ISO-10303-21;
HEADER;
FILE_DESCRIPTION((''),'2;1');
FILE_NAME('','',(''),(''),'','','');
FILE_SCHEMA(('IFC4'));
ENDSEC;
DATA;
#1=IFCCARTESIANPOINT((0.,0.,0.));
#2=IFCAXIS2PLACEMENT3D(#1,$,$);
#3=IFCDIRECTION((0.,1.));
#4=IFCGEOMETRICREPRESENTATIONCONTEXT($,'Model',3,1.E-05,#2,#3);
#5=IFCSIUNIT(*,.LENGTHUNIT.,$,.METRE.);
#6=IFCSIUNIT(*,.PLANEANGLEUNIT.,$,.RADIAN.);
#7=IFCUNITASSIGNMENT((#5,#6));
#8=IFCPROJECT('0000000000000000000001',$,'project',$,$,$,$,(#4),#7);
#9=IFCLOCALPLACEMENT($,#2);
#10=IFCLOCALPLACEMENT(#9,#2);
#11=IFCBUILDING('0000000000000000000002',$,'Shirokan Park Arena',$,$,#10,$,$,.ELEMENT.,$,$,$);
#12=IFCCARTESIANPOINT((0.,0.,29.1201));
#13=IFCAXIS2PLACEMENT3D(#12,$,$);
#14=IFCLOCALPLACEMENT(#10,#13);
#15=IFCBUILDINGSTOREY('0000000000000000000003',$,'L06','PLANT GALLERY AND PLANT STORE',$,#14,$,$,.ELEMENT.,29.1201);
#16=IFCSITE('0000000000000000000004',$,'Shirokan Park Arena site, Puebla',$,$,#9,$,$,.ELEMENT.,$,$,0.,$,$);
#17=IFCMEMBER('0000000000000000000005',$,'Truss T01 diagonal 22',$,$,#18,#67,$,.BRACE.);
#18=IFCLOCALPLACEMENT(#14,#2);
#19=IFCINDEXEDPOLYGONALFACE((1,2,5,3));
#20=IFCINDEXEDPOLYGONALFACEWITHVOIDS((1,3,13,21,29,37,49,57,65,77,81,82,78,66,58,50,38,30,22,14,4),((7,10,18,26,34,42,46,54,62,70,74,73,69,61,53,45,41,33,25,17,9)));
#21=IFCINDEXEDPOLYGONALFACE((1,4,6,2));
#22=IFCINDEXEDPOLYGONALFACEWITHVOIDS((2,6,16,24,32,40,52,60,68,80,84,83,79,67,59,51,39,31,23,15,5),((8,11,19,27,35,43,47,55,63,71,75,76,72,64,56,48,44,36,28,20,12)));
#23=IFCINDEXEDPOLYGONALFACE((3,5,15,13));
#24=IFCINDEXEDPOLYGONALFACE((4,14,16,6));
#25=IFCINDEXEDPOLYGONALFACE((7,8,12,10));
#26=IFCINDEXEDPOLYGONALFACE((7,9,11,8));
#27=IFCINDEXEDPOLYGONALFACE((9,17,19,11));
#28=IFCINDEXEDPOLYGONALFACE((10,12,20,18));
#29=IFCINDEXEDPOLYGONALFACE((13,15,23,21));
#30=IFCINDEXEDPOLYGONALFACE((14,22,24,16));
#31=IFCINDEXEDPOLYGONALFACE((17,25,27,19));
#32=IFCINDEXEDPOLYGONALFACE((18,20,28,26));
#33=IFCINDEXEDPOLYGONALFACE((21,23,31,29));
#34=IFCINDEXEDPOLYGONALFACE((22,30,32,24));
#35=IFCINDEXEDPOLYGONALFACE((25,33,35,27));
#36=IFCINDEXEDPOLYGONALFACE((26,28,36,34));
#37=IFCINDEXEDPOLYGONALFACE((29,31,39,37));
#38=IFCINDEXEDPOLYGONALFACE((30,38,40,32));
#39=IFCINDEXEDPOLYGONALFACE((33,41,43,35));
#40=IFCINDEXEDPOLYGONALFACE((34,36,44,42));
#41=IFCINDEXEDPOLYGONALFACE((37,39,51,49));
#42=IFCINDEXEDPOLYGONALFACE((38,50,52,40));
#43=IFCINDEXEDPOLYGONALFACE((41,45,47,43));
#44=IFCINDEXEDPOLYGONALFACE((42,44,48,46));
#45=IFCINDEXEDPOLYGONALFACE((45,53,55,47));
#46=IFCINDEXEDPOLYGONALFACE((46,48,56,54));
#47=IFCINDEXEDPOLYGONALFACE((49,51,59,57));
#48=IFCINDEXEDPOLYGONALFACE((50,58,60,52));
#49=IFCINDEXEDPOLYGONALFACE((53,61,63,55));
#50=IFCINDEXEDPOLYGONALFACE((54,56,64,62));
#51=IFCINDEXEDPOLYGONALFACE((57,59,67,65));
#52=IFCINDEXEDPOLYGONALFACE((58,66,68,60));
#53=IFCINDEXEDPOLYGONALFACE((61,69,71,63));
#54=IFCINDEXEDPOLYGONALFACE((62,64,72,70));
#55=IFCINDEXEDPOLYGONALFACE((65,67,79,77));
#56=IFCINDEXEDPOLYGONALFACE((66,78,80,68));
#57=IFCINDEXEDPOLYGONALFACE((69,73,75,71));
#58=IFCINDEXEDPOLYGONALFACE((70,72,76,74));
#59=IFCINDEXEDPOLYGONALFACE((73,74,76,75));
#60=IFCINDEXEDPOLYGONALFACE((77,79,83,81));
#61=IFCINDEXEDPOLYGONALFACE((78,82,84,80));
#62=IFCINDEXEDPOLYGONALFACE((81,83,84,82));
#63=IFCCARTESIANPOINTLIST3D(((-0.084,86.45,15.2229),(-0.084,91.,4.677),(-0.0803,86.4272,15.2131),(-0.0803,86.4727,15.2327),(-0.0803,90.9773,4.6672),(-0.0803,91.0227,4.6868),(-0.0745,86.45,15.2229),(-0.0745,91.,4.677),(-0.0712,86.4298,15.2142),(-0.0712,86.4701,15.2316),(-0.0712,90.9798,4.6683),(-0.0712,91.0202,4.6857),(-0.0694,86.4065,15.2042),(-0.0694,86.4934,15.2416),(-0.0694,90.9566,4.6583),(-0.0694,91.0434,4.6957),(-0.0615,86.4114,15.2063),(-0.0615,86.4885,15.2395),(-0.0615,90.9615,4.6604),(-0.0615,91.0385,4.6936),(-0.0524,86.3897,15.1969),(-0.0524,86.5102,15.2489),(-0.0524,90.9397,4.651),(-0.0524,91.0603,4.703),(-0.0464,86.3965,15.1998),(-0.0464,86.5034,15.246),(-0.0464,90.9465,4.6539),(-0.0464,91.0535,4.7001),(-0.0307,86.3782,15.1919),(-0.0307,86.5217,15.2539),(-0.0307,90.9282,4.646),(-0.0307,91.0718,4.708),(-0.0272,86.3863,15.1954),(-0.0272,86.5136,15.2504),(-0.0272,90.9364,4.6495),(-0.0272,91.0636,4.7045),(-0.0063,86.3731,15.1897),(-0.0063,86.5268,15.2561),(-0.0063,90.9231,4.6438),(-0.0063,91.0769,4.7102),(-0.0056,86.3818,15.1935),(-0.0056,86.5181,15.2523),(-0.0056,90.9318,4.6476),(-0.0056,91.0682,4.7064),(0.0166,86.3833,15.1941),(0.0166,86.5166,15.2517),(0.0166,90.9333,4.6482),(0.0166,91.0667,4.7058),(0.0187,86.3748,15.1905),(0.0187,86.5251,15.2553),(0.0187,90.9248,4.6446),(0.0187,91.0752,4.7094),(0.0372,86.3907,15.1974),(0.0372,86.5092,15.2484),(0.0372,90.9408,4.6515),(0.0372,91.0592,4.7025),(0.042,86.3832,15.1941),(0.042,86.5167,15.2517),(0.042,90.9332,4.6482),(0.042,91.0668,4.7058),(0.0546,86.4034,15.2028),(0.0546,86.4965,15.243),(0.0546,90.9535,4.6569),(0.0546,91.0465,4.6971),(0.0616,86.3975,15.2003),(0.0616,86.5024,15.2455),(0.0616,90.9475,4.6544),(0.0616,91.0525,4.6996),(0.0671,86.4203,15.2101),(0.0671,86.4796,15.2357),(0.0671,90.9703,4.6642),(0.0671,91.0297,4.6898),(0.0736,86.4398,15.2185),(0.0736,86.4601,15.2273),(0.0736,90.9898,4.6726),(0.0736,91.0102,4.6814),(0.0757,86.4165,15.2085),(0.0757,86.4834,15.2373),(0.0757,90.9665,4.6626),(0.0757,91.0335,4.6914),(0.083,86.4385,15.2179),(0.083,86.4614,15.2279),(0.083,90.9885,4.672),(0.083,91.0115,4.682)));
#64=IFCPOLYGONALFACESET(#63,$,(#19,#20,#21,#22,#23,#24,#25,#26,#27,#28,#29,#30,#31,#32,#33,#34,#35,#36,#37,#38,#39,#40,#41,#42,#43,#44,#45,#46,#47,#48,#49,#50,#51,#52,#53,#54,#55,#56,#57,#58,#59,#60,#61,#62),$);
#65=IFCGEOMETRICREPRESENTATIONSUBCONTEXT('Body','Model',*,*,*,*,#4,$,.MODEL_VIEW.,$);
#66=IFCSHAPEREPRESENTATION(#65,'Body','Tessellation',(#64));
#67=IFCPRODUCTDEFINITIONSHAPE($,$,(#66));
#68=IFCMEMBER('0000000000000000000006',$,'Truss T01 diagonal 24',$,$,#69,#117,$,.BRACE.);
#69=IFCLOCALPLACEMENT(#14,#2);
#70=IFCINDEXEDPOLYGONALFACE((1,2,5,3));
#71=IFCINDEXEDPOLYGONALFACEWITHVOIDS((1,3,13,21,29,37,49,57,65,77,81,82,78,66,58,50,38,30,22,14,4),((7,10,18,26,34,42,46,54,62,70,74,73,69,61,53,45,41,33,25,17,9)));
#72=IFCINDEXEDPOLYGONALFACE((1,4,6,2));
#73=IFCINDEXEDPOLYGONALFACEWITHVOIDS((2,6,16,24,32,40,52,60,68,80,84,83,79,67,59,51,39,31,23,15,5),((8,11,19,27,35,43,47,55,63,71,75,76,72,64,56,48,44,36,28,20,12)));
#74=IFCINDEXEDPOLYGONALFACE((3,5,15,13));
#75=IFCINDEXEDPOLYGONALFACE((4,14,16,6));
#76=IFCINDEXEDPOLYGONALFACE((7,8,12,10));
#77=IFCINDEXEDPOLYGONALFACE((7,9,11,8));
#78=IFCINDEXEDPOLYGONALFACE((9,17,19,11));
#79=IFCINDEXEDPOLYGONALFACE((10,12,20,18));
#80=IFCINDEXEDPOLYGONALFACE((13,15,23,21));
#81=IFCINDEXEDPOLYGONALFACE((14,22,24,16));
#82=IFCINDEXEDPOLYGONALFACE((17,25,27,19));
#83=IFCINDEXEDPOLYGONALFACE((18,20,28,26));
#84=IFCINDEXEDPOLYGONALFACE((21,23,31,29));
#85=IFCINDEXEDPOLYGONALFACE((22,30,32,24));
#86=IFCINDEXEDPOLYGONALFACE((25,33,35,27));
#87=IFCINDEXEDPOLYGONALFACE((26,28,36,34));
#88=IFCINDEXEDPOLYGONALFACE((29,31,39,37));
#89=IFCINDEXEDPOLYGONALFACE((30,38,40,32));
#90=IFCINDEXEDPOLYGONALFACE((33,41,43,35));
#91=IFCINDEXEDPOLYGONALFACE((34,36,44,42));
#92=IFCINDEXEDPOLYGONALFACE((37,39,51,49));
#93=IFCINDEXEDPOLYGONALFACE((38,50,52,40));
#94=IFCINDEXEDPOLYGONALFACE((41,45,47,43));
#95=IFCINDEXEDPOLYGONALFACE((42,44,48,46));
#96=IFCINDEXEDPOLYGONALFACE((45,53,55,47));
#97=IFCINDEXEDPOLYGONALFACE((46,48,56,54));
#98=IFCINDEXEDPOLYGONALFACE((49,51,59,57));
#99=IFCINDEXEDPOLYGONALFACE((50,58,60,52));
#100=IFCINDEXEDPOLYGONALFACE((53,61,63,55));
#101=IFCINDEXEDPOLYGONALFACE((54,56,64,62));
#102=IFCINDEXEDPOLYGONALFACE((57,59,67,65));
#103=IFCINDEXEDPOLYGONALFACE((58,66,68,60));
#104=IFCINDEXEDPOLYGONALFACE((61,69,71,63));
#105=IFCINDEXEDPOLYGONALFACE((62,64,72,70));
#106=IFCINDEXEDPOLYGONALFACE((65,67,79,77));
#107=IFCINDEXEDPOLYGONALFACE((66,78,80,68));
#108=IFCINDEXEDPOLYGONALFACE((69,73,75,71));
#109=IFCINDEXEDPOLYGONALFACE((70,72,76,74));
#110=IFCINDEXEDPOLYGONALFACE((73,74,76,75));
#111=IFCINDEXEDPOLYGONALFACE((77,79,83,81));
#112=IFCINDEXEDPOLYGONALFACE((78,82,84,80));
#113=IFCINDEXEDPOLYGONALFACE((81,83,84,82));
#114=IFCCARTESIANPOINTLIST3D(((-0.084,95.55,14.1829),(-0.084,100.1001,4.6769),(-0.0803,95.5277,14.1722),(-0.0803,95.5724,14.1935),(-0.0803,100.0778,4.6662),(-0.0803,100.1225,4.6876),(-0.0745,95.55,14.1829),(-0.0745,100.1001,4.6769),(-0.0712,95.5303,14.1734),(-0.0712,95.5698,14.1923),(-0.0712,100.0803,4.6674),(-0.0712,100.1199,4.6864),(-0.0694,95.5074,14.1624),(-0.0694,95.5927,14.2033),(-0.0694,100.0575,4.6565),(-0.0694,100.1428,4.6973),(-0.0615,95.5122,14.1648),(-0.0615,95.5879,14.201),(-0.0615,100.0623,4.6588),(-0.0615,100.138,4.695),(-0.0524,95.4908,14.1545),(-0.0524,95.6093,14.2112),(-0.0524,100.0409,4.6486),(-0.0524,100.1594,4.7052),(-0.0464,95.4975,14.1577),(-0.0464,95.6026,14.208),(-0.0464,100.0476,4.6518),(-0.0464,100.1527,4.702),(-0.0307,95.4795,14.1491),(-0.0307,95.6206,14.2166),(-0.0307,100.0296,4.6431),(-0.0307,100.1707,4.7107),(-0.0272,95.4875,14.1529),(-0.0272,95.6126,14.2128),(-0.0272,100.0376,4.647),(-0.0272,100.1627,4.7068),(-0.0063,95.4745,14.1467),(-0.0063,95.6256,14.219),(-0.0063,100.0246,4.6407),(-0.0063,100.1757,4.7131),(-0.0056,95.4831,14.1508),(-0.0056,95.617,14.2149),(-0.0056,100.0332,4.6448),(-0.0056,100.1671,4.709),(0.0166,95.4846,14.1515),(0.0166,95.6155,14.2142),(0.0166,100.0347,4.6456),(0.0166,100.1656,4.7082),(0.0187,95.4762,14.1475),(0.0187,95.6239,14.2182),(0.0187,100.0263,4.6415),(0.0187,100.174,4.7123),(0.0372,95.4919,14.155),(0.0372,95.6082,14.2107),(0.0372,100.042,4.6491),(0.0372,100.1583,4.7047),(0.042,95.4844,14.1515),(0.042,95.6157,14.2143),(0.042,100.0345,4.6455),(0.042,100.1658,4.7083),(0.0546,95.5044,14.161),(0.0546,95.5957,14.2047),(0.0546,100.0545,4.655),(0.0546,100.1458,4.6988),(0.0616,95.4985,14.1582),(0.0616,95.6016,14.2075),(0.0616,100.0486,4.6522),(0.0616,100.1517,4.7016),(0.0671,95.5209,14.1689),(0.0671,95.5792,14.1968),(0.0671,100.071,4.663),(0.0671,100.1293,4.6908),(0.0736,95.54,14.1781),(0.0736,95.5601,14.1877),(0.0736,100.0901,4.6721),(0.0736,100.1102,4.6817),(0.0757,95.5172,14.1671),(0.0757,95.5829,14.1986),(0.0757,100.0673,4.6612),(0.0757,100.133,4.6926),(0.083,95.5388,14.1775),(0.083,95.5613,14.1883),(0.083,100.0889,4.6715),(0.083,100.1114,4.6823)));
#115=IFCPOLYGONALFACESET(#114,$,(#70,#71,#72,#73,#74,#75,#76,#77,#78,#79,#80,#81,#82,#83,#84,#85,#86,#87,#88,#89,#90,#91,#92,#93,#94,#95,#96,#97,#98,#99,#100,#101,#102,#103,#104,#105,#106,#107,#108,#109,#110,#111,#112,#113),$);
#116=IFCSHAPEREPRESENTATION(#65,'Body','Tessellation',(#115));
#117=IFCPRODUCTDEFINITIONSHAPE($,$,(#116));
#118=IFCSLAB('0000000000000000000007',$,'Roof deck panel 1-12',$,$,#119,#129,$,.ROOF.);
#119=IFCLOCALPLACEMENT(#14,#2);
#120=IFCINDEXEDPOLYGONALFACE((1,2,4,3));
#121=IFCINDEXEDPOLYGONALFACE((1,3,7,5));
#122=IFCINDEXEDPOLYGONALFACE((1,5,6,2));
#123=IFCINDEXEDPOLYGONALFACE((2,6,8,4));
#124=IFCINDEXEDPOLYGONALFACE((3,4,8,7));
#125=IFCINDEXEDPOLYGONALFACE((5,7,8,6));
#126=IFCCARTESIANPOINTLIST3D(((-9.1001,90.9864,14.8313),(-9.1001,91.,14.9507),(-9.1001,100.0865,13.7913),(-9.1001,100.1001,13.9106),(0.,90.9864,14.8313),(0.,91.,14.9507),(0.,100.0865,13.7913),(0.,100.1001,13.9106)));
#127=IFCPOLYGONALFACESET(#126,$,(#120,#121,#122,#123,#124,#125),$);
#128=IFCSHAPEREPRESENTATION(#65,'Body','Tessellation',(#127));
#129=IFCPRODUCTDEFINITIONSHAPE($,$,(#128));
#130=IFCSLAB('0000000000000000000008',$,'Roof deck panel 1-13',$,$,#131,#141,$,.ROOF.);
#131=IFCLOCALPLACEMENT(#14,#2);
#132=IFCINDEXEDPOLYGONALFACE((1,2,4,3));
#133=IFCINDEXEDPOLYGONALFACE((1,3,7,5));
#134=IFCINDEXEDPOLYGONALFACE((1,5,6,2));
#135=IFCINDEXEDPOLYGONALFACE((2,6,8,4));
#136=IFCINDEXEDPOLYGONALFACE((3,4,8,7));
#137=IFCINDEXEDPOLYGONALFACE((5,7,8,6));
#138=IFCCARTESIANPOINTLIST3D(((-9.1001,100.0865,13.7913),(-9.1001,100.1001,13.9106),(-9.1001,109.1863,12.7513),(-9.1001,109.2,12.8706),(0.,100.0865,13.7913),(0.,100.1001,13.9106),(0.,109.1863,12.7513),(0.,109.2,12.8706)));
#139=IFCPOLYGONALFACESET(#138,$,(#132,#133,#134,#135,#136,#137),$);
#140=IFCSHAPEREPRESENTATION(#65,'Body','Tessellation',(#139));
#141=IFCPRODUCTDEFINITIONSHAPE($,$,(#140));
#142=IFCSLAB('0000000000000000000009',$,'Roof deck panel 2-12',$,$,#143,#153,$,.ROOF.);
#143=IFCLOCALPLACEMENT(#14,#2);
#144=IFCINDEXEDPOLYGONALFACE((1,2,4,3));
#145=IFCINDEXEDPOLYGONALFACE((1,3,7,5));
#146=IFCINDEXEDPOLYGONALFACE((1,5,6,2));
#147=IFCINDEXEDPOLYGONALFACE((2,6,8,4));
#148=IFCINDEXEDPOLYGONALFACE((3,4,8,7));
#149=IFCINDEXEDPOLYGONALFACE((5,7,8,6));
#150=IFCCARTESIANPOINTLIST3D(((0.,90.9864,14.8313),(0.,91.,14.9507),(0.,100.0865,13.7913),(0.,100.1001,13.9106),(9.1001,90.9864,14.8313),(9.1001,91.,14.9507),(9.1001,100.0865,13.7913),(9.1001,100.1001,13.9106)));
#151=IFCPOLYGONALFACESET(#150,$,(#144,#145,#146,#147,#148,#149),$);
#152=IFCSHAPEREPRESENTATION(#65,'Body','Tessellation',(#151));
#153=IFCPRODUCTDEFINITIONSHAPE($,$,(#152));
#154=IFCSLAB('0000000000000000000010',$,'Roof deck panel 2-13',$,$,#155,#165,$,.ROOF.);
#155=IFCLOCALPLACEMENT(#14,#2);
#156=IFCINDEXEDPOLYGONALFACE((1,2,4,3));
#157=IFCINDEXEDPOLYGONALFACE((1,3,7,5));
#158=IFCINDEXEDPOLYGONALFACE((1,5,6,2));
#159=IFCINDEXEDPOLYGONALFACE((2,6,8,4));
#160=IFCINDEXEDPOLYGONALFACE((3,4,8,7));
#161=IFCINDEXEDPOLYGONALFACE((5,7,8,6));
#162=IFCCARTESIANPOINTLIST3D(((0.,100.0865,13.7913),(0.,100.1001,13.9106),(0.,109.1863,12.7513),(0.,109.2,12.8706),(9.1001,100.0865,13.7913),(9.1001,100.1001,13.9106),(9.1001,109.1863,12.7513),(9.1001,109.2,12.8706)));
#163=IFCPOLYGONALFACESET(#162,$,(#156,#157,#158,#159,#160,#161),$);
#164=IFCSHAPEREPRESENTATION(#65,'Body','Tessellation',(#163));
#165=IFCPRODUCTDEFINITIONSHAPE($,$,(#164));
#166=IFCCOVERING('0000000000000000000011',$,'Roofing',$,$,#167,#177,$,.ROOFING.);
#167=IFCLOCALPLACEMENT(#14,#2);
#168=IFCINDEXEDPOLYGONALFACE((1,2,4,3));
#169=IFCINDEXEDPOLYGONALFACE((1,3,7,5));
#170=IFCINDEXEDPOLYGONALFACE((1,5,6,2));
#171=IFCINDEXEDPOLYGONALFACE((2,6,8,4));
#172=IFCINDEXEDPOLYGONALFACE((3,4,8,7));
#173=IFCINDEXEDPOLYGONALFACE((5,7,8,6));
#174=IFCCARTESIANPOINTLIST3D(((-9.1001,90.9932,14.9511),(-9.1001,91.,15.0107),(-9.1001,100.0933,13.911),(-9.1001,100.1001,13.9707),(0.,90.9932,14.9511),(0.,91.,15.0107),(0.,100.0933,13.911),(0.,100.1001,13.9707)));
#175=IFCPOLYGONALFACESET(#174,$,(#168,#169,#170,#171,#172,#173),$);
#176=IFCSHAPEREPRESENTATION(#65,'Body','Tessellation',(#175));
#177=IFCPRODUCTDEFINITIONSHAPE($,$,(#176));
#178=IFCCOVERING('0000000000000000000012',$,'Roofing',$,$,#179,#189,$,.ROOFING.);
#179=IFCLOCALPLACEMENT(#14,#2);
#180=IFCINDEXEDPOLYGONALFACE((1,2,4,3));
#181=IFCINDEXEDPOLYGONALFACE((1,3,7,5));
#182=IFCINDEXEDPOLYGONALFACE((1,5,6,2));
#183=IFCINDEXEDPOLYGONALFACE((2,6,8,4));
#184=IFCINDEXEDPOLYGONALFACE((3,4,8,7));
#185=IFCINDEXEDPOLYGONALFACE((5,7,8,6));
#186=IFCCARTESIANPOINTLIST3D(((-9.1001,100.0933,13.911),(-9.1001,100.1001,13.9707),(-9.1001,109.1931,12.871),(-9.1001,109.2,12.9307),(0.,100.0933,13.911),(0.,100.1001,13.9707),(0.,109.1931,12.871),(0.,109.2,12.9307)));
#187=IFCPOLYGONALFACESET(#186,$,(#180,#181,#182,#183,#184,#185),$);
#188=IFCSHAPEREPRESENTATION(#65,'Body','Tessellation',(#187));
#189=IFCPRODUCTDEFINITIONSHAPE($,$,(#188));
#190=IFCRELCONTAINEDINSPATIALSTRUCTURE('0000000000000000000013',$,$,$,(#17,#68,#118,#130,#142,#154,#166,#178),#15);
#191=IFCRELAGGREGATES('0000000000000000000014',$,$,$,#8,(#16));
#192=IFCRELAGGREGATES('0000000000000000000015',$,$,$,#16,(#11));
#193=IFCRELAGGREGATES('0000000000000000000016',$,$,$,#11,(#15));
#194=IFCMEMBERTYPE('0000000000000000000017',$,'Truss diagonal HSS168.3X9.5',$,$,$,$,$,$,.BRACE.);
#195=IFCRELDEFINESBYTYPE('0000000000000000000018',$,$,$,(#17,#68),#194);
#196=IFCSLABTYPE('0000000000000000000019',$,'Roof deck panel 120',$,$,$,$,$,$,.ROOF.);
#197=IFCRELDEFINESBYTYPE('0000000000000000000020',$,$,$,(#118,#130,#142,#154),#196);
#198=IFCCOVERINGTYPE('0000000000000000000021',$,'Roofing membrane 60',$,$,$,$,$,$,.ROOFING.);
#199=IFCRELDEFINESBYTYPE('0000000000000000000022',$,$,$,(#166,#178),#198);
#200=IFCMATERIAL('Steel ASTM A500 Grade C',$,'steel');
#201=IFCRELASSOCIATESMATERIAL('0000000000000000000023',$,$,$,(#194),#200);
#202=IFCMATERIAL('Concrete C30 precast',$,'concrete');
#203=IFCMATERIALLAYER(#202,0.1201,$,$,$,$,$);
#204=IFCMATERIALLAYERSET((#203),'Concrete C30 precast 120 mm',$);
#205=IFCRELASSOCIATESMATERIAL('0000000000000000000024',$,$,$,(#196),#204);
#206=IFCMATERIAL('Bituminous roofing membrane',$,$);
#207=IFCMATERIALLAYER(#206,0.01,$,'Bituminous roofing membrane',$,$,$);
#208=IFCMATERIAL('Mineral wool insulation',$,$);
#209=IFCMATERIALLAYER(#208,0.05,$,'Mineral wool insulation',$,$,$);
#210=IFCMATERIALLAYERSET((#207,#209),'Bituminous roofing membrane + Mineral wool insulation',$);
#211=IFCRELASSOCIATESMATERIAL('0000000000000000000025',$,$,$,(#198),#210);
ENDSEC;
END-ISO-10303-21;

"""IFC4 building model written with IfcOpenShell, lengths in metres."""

from ifc_helpers import new_model, si_unit, direction, frame, origin, origin_2d, place, context, subcontext, project, spatial, polyline, hollow_circle, outline, extrude, material, layer, layer_set, material_profile, profile_set, type_object, element, save


model = new_model("IFC4")

# Units and contexts
model_context = context("Model", 3, precision=1e-05, world=origin(), true_north=direction((0.0, 1.0)))
body_context = subcontext(model_context, "Body", "Model", "MODEL_VIEW")
ifc_project = project(units=[si_unit("LENGTHUNIT", "METRE"), si_unit("PLANEANGLEUNIT", "RADIAN")], contexts=[model_context])

# Site, building, storey
site_placement = place(None, origin())
site = spatial("IfcSite", under=ifc_project, at=site_placement, Name="Shirokan Park Arena site, Puebla", CompositionType="ELEMENT", RefElevation=0.0)
building_placement = place(site_placement, origin())
building = spatial("IfcBuilding", under=site, at=building_placement, Name="Shirokan Park Arena", CompositionType="ELEMENT")
storey_placement = place(building_placement, frame((0.0, 0.0, 29.1201)))
storey = spatial("IfcBuildingStorey", under=building, at=storey_placement, Name="L06", Description="PLANT GALLERY AND PLANT STORE", CompositionType="ELEMENT", Elevation=29.1201)

# Members
ifc_material_1 = material(Name="Steel ASTM A500 Grade C", Category="steel")
ifc_material_profile_1 = material_profile(ifc_material_1, hollow_circle(Radius=0.084, WallThickness=0.0095, at=origin_2d()), Name="HSS168.3X9.5")
ifc_profile_set_1 = profile_set([ifc_material_profile_1], Name="Steel ASTM A500 Grade C")
member_type_1 = type_object("IfcMemberType", Name="Truss diagonal HSS168.3X9.5", PredefinedType="BRACE", material=ifc_profile_set_1)
member_1_placement = place(storey_placement, frame((0.0, 86.45, 15.2229), z_axis=(0.0, 0.396153, -0.918185), x_axis=(-1.0, 0.0, 0.0)))
element("IfcMember", 1, at=member_1_placement, inside=storey, type_object=member_type_1, Name="Truss T01 diagonal 22", PredefinedType="BRACE", context=body_context, shape_type="SweptSolid", body=[
    extrude(hollow_circle(Radius=0.084, WallThickness=0.0095, at=origin_2d()), origin(), (0.0, 0.0, 1.0), 11.4856),
])
member_2_placement = place(storey_placement, frame((0.0, 95.55, 14.1829), z_axis=(0.0, 0.431746, -0.901995), x_axis=(-1.0, 0.0, 0.0)))
element("IfcMember", 2, at=member_2_placement, inside=storey, type_object=member_type_1, Name="Truss T01 diagonal 24", PredefinedType="BRACE", context=body_context, shape_type="SweptSolid", body=[
    extrude(hollow_circle(Radius=0.084, WallThickness=0.0095, at=origin_2d()), origin(), (0.0, 0.0, 1.0), 10.5388),
])

# Slabs
ifc_material_2 = material(Name="Concrete C30 precast", Category="concrete")
ifc_layer_1 = layer(ifc_material_2, 0.1201)
ifc_layer_set_1 = layer_set([ifc_layer_1], Name="Concrete C30 precast 120 mm")
slab_type = type_object("IfcSlabType", Name="Roof deck panel 120", PredefinedType="ROOF", material=ifc_layer_set_1)
slab_1_placement = place(storey_placement, frame((-9.1001, 91.0, 14.9507), z_axis=(0.0, 0.11355, 0.993532), x_axis=(1.0, 0.0, 0.0)))
element("IfcSlab", 3, at=slab_1_placement, inside=storey, type_object=slab_type, Name="Roof deck panel 1-12", PredefinedType="ROOF", context=body_context, shape_type="SweptSolid", body=[
    extrude(outline(polyline([(0.0, 0.0), (9.1001, 0.0), (9.1001, 9.1593), (0.0, 9.1593), (0.0, 0.0)])), origin(), (0.0, 0.0, -1.0), 0.1201),
])
slab_2_placement = place(storey_placement, frame((-9.1001, 100.1001, 13.9106), z_axis=(0.0, 0.113553, 0.993532), x_axis=(1.0, 0.0, 0.0)))
element("IfcSlab", 4, at=slab_2_placement, inside=storey, type_object=slab_type, Name="Roof deck panel 1-13", PredefinedType="ROOF", context=body_context, shape_type="SweptSolid", body=[
    extrude(outline(polyline([(0.0, 0.0), (9.1001, 0.0), (9.1001, 9.1591), (0.0, 9.1591), (0.0, 0.0)])), origin(), (0.0, 0.0, -1.0), 0.1201),
])
slab_3_placement = place(storey_placement, frame((0.0, 91.0, 14.9507), z_axis=(0.0, 0.11355, 0.993532), x_axis=(1.0, 0.0, 0.0)))
element("IfcSlab", 5, at=slab_3_placement, inside=storey, type_object=slab_type, Name="Roof deck panel 2-12", PredefinedType="ROOF", context=body_context, shape_type="SweptSolid", body=[
    extrude(outline(polyline([(0.0, 0.0), (9.1001, 0.0), (9.1001, 9.1593), (0.0, 9.1593), (0.0, 0.0)])), origin(), (0.0, 0.0, -1.0), 0.1201),
])
slab_4_placement = place(storey_placement, frame((0.0, 100.1001, 13.9106), z_axis=(0.0, 0.113553, 0.993532), x_axis=(1.0, 0.0, 0.0)))
element("IfcSlab", 6, at=slab_4_placement, inside=storey, type_object=slab_type, Name="Roof deck panel 2-13", PredefinedType="ROOF", context=body_context, shape_type="SweptSolid", body=[
    extrude(outline(polyline([(0.0, 0.0), (9.1001, 0.0), (9.1001, 9.1591), (0.0, 9.1591), (0.0, 0.0)])), origin(), (0.0, 0.0, -1.0), 0.1201),
])

# Coverings
ifc_material_3 = material(Name="Bituminous roofing membrane")
ifc_layer_2 = layer(ifc_material_3, 0.01, Name="Bituminous roofing membrane")
ifc_material_4 = material(Name="Mineral wool insulation")
ifc_layer_3 = layer(ifc_material_4, 0.05, Name="Mineral wool insulation")
ifc_layer_set_2 = layer_set([ifc_layer_2, ifc_layer_3], Name="Bituminous roofing membrane + Mineral wool insulation")
covering_type = type_object("IfcCoveringType", Name="Roofing membrane 60", PredefinedType="ROOFING", material=ifc_layer_set_2)
covering_1_placement = place(storey_placement, frame((-9.1001, 91.0, 15.0107), z_axis=(0.0, 0.11355, 0.993532), x_axis=(1.0, 0.0, 0.0)))
element("IfcCovering", 7, at=covering_1_placement, inside=storey, type_object=covering_type, Name="Roofing", PredefinedType="ROOFING", context=body_context, shape_type="SweptSolid", body=[
    extrude(outline(polyline([(0.0, 0.0), (9.1001, 0.0), (9.1001, 9.1593), (0.0, 9.1593), (0.0, 0.0)])), origin(), (0.0, 0.0, -1.0), 0.0601),
])
covering_2_placement = place(storey_placement, frame((-9.1001, 100.1001, 13.9707), z_axis=(0.0, 0.113553, 0.993532), x_axis=(1.0, 0.0, 0.0)))
element("IfcCovering", 8, at=covering_2_placement, inside=storey, type_object=covering_type, Name="Roofing", PredefinedType="ROOFING", context=body_context, shape_type="SweptSolid", body=[
    extrude(outline(polyline([(0.0, 0.0), (9.1001, 0.0), (9.1001, 9.1591), (0.0, 9.1591), (0.0, 0.0)])), origin(), (0.0, 0.0, -1.0), 0.0601),
])

save(model, "model.ifc")
